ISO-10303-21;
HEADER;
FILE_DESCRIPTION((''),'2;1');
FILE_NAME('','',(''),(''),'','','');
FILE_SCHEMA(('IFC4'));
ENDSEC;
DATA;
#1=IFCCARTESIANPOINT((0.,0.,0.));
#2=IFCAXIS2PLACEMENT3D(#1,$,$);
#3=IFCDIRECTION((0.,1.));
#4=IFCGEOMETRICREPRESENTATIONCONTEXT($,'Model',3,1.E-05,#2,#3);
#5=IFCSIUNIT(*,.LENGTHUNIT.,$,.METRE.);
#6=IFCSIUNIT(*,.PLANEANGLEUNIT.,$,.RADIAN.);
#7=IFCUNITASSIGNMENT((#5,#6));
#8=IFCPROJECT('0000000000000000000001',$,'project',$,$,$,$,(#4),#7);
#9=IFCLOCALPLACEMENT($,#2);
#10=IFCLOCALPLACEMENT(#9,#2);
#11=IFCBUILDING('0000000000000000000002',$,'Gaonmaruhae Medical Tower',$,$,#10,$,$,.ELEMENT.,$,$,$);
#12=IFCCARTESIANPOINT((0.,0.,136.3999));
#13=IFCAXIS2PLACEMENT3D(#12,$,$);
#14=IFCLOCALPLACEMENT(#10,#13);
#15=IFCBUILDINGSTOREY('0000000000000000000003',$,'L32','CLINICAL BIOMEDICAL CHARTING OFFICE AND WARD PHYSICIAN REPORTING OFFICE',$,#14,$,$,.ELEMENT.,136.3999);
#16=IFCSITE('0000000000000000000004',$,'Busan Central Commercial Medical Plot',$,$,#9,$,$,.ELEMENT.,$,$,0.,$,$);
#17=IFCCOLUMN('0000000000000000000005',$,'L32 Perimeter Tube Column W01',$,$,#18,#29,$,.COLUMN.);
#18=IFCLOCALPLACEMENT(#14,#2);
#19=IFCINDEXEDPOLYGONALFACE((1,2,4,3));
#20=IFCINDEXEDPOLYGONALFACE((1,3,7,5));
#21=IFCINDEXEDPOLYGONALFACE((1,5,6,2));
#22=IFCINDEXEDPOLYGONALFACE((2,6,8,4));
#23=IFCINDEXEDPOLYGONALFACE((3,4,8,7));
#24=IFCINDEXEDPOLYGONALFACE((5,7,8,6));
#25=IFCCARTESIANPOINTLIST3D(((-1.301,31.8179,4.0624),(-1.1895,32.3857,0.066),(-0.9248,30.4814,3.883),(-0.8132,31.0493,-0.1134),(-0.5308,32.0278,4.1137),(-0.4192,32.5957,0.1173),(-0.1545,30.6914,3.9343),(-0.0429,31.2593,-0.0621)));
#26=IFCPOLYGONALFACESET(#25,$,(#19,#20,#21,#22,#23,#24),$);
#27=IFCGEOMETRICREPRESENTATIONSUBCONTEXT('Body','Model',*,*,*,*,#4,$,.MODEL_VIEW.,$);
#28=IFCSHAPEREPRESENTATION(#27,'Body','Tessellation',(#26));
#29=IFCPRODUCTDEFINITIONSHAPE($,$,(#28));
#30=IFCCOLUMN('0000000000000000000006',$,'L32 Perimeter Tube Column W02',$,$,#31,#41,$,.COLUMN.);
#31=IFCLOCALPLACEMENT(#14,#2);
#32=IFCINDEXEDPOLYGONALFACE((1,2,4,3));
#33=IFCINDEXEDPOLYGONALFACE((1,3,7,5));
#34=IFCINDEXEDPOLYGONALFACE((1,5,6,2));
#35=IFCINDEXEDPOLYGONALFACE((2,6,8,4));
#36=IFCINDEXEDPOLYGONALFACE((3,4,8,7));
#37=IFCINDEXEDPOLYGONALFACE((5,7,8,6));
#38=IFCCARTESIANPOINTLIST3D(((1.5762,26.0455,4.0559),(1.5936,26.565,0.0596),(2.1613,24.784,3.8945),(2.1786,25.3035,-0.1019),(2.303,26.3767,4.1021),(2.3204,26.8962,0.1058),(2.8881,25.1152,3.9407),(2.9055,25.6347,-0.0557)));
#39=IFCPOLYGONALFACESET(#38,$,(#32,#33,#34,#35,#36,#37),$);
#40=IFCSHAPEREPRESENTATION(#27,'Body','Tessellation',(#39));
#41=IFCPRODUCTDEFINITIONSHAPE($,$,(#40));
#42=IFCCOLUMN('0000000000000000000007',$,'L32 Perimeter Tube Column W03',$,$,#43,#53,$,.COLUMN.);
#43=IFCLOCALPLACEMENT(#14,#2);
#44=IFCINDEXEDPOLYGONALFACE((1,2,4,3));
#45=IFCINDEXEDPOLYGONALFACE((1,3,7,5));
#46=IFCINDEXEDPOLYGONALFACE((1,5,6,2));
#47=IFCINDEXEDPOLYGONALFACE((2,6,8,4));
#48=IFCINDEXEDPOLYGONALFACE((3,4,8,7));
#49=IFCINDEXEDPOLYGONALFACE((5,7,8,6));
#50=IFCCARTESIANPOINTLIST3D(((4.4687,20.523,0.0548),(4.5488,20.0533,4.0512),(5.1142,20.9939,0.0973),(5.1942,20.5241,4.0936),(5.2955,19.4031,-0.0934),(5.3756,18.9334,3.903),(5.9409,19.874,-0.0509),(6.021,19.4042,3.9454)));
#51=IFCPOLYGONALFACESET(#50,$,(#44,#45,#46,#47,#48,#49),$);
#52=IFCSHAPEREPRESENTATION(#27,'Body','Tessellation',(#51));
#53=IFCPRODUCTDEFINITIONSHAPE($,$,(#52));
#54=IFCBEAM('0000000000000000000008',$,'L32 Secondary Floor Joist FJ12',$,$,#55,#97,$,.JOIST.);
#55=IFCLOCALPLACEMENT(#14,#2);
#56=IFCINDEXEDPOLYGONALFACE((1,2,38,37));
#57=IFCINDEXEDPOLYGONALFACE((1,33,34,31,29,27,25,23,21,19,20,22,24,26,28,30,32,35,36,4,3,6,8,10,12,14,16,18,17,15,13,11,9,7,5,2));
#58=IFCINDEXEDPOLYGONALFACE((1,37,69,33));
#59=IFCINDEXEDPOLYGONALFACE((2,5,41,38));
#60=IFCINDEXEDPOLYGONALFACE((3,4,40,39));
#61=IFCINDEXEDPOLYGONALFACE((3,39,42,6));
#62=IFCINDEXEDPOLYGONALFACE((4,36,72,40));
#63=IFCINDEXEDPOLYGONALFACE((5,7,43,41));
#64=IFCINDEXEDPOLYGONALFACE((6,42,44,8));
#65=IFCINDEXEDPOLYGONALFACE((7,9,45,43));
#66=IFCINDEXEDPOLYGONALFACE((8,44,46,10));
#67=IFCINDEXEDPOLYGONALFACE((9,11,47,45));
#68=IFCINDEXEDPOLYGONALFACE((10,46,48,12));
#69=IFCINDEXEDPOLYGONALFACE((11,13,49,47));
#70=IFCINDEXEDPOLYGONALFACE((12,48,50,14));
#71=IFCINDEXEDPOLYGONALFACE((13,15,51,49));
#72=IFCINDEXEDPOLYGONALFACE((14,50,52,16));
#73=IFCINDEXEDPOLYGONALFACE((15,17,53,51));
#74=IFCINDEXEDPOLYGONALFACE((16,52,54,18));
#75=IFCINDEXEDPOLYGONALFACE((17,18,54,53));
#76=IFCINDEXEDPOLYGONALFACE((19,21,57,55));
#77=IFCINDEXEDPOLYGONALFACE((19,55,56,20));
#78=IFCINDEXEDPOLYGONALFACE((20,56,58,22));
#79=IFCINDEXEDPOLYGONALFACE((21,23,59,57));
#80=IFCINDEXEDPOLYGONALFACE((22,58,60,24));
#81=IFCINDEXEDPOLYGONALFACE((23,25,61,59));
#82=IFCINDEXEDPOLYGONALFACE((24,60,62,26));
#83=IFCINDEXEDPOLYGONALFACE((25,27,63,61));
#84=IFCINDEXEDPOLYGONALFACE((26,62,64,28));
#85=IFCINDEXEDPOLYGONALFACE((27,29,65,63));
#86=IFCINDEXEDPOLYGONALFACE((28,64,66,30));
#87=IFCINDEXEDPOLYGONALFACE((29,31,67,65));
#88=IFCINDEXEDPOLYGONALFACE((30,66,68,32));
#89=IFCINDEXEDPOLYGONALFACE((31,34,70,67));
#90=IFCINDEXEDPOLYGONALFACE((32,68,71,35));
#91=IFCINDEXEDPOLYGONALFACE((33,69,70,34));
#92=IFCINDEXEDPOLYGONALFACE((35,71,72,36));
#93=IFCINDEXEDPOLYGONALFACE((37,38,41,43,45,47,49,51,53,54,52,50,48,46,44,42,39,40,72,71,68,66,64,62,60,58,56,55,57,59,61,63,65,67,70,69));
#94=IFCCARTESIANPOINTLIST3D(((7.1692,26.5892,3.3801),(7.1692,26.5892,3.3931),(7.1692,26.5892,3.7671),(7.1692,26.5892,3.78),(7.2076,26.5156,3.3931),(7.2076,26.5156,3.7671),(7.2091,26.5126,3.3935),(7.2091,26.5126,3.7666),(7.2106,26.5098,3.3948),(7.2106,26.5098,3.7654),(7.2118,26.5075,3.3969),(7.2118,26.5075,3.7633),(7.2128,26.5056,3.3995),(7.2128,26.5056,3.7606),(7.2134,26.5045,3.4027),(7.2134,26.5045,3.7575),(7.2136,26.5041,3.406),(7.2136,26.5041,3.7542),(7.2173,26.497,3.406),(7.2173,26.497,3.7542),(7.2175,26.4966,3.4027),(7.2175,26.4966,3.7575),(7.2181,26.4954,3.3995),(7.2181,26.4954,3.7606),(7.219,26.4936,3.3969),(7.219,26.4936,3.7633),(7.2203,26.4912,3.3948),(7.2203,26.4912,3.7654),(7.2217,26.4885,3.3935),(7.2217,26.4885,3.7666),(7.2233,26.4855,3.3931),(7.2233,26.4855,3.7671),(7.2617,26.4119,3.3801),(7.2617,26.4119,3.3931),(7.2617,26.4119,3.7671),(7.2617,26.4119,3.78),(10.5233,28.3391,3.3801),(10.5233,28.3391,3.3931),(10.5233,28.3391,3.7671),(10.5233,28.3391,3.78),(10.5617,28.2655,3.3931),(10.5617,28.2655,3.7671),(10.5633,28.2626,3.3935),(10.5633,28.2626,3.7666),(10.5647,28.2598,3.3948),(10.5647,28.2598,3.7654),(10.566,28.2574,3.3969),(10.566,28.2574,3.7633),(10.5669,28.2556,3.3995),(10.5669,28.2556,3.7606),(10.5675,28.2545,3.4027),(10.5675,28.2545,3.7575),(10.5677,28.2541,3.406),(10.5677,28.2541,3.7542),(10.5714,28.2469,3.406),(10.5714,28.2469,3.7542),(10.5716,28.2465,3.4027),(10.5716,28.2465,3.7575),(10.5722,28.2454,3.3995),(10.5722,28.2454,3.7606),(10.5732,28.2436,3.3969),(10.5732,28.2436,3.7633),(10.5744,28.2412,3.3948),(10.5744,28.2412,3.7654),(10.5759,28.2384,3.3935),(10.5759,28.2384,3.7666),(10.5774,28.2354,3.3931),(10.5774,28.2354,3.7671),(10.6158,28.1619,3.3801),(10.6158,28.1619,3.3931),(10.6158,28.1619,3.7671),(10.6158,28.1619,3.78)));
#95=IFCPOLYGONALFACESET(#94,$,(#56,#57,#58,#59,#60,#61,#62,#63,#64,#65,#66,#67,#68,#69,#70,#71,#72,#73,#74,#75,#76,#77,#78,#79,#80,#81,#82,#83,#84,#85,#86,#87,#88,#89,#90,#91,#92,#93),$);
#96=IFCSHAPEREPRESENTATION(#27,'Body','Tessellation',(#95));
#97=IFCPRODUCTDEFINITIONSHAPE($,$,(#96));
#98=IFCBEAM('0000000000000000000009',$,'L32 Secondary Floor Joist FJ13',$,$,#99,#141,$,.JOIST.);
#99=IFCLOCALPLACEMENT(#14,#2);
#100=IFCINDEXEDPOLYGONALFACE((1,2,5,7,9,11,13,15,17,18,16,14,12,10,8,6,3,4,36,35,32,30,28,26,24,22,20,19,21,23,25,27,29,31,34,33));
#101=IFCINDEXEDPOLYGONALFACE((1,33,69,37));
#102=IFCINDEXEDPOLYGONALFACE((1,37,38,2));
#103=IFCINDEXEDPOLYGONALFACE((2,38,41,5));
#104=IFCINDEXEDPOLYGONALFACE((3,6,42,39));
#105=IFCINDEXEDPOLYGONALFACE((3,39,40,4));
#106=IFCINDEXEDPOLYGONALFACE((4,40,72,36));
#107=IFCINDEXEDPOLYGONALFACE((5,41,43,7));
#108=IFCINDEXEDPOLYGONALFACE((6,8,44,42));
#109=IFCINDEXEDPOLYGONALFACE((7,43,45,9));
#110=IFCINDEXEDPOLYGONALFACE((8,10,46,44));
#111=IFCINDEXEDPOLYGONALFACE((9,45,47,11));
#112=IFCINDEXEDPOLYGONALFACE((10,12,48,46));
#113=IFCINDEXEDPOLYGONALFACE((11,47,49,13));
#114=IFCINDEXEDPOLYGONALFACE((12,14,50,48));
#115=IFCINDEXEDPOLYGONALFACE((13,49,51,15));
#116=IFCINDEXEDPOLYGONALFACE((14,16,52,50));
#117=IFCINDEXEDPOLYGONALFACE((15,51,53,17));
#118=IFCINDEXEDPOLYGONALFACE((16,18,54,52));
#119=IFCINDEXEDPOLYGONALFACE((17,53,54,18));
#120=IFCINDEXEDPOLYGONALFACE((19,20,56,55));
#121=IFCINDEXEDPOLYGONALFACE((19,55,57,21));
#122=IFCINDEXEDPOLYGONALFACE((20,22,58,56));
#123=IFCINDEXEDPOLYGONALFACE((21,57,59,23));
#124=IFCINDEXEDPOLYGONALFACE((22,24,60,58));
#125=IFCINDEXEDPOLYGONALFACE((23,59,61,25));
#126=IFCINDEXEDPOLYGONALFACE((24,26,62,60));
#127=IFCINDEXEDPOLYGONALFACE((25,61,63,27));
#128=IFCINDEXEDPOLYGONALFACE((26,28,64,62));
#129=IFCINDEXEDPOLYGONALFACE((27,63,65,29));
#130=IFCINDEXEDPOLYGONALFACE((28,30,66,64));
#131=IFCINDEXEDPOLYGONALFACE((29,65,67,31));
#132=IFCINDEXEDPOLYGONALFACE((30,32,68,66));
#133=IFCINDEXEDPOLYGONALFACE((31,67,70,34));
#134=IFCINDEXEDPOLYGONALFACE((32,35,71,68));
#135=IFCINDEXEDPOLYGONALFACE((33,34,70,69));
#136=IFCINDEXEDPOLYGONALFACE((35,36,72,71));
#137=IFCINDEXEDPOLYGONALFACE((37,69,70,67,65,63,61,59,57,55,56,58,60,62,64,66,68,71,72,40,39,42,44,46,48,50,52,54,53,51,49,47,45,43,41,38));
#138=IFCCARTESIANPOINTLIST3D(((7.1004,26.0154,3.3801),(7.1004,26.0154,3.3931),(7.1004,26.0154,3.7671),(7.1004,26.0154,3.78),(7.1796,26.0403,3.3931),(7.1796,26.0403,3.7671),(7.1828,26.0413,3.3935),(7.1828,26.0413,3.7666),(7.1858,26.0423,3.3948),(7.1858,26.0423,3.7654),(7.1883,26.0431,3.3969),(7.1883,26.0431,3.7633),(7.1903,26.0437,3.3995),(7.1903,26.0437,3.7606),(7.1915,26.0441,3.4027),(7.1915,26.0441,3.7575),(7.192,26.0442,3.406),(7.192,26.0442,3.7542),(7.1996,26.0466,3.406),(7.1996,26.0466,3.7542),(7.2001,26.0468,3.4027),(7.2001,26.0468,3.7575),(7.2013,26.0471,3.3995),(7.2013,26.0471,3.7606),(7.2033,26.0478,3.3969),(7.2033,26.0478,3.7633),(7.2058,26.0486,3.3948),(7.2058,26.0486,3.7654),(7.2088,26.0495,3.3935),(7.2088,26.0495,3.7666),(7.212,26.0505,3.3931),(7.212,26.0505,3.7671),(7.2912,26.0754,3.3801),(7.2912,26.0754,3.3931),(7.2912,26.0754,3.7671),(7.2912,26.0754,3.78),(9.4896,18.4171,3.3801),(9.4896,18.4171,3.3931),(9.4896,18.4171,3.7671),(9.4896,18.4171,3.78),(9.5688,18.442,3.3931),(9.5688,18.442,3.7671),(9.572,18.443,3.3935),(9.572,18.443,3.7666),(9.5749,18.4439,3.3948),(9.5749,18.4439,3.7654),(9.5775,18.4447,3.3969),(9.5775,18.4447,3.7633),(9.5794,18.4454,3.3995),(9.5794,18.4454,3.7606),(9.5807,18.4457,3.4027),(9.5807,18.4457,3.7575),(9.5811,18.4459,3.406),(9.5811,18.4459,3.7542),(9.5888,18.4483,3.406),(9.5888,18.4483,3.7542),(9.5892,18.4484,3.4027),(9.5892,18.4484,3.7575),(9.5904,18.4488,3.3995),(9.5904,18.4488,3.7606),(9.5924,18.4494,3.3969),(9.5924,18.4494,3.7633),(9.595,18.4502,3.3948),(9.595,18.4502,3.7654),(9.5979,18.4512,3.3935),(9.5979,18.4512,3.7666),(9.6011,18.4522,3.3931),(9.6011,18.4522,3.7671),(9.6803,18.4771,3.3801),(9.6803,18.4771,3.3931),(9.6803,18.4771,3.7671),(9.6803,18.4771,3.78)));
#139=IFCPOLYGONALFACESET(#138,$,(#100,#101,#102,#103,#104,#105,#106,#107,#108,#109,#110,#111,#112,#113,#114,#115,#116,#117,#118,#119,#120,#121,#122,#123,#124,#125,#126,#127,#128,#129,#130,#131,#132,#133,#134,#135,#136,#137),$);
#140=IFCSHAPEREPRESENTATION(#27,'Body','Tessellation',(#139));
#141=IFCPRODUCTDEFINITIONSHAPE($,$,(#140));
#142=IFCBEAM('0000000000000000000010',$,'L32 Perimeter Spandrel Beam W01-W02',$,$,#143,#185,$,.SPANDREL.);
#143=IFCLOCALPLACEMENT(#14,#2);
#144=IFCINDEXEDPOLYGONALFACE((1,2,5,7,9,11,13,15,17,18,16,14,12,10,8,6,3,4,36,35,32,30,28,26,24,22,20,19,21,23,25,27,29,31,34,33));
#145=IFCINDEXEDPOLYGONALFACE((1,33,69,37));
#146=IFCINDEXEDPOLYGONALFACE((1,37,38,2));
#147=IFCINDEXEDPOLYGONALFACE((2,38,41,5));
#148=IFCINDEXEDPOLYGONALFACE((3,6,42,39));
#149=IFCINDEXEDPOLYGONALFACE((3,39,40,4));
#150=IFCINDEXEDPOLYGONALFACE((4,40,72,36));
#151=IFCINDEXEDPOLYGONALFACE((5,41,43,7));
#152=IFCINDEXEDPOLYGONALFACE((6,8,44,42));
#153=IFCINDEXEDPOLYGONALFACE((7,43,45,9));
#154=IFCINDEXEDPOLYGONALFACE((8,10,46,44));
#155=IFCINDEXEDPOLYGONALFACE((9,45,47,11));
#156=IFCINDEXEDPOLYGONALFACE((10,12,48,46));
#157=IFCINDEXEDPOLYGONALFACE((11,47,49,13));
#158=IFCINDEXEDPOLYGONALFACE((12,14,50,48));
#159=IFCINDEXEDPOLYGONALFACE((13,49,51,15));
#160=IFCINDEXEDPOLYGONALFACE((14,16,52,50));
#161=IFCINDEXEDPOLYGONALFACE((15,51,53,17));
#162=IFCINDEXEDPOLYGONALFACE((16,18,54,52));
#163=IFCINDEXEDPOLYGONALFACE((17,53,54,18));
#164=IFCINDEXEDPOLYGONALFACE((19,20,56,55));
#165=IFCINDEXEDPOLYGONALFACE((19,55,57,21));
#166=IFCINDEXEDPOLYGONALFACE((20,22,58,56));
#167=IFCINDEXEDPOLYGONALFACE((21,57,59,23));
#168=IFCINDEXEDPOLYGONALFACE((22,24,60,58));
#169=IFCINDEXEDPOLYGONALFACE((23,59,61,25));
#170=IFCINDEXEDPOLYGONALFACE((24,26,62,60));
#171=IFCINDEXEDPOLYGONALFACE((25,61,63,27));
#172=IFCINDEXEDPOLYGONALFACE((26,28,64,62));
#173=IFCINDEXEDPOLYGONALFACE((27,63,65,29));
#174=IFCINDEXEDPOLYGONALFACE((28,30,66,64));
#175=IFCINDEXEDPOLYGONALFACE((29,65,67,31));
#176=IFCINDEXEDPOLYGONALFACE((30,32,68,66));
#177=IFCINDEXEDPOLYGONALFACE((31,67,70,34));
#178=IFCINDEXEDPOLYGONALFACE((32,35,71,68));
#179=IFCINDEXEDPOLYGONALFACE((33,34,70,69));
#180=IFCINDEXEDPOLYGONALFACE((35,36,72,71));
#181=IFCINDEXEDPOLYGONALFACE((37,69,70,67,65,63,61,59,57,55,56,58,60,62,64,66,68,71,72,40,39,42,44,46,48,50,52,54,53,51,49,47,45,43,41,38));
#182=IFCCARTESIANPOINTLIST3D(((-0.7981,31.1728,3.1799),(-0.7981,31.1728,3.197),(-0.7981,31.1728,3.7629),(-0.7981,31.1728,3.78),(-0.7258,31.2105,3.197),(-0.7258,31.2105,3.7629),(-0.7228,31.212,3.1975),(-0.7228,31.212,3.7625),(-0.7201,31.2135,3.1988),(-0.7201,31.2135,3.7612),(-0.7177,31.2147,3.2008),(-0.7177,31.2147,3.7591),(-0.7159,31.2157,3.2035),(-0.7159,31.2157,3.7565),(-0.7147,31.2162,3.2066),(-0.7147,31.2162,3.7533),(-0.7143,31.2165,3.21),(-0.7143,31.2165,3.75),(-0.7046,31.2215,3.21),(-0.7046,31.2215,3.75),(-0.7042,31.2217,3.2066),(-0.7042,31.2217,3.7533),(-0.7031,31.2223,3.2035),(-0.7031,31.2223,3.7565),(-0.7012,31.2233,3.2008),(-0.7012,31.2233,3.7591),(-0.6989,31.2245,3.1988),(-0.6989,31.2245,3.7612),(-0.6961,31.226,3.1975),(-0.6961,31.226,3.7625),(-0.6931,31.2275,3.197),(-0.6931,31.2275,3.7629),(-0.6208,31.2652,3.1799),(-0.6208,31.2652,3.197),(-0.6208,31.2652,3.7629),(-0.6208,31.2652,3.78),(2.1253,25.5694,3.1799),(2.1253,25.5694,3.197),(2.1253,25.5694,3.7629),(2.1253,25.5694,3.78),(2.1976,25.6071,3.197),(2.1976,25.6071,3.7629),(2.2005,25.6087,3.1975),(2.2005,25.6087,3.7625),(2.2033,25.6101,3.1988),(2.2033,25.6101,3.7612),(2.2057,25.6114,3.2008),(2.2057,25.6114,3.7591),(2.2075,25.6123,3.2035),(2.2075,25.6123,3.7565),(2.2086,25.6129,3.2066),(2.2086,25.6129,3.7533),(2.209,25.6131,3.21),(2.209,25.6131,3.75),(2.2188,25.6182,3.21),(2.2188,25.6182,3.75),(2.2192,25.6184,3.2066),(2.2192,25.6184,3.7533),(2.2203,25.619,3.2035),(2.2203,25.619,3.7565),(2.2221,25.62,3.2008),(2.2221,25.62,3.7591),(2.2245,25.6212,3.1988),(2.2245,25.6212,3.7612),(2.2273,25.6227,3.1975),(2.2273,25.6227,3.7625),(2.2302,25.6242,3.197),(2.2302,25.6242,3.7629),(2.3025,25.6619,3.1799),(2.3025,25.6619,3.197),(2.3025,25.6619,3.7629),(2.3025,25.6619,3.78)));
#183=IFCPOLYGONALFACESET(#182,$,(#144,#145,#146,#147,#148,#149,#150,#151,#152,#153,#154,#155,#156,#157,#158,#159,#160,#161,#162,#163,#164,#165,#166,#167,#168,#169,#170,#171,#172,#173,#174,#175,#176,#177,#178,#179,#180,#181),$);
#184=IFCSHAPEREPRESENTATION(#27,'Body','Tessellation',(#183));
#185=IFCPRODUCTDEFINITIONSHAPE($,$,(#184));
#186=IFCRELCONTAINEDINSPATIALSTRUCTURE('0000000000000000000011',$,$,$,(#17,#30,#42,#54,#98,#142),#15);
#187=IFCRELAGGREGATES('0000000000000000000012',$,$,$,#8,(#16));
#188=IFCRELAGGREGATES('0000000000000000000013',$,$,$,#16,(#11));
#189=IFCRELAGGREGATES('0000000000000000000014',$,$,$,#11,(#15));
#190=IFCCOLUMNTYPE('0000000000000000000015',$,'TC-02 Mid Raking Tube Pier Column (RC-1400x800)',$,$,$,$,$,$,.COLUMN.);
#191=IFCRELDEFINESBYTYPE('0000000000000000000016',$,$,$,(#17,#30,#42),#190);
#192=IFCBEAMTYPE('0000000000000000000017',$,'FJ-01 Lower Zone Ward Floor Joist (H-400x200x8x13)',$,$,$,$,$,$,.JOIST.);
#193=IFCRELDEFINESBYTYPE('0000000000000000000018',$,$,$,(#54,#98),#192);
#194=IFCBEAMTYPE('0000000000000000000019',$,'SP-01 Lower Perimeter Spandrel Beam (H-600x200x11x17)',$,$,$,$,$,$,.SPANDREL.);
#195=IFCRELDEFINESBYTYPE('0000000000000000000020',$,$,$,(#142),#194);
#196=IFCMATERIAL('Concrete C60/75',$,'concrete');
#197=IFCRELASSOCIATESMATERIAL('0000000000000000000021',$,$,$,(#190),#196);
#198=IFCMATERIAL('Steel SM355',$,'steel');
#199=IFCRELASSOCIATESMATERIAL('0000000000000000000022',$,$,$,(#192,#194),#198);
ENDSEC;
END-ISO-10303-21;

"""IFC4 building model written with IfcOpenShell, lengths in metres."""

from ifc_helpers import new_model, si_unit, direction, frame, origin, origin_2d, place, context, subcontext, project, spatial, rectangle, i_section, extrude, material, material_profile, profile_set, type_object, element, save


model = new_model("IFC4")

# Units and contexts
model_context = context("Model", 3, precision=1e-05, world=origin(), true_north=direction((0.0, 1.0)))
body_context = subcontext(model_context, "Body", "Model", "MODEL_VIEW")
ifc_project = project(units=[si_unit("LENGTHUNIT", "METRE"), si_unit("PLANEANGLEUNIT", "RADIAN")], contexts=[model_context])

# Site, building, storey
site_placement = place(None, origin())
site = spatial("IfcSite", under=ifc_project, at=site_placement, Name="Busan Central Commercial Medical Plot", CompositionType="ELEMENT", RefElevation=0.0)
building_placement = place(site_placement, origin())
building = spatial("IfcBuilding", under=site, at=building_placement, Name="Gaonmaruhae Medical Tower", CompositionType="ELEMENT")
storey_placement = place(building_placement, frame((0.0, 0.0, 136.3999)))
storey = spatial("IfcBuildingStorey", under=building, at=storey_placement, Name="L32", Description="CLINICAL BIOMEDICAL CHARTING OFFICE AND WARD PHYSICIAN REPORTING OFFICE", CompositionType="ELEMENT", Elevation=136.3999)

# Columns
ifc_material_1 = material(Name="Concrete C60/75", Category="concrete")
ifc_material_profile_1 = material_profile(ifc_material_1, rectangle(XDim=1.3999, YDim=0.8, at=origin_2d()), Name="RC-1400x800")
ifc_profile_set_1 = profile_set([ifc_material_profile_1], Name="Concrete C60/75")
column_type = type_object("IfcColumnType", Name="TC-02 Mid Raking Tube Pier Column (RC-1400x800)", PredefinedType="COLUMN", material=ifc_profile_set_1)
column_1_placement = place(storey_placement, frame((-0.6162, 31.8225, 0.002), z_axis=(-0.02763, -0.140631, 0.989676), x_axis=(-0.268756, 0.954645, 0.12815)))
element("IfcColumn", 1, at=column_1_placement, inside=storey, type_object=column_type, Name="L32 Perimeter Tube Column W01", PredefinedType="COLUMN", context=body_context, shape_type="SweptSolid", body=[
    extrude(rectangle(XDim=1.3999, YDim=0.8, at=origin_2d()), origin(), (0.0, 0.0, 1.0), 4.0381),
])
column_2_placement = place(storey_placement, frame((2.2495, 26.0999, 0.002), z_axis=(-0.004301, -0.128916, 0.991646), x_axis=(-0.417943, 0.901123, 0.115335)))
element("IfcColumn", 2, at=column_2_placement, inside=storey, type_object=column_type, Name="L32 Perimeter Tube Column W02", PredefinedType="COLUMN", context=body_context, shape_type="SweptSolid", body=[
    extrude(rectangle(XDim=1.3999, YDim=0.8, at=origin_2d()), origin(), (0.0, 0.0, 1.0), 4.03),
])
column_3_placement = place(storey_placement, frame((5.2048, 20.1985, 0.002), z_axis=(0.019897, -0.116713, 0.992966), x_axis=(-0.5906, 0.79999, 0.105865)))
element("IfcColumn", 3, at=column_3_placement, inside=storey, type_object=column_type, Name="L32 Perimeter Tube Column W03", PredefinedType="COLUMN", context=body_context, shape_type="SweptSolid", body=[
    extrude(rectangle(XDim=1.3999, YDim=0.8, at=origin_2d()), origin(), (0.0, 0.0, 1.0), 4.0247),
])

# Beams
ifc_material_2 = material(Name="Steel SM355", Category="steel")
ifc_material_profile_2 = material_profile(ifc_material_2, i_section(OverallWidth=0.2, OverallDepth=0.3999, WebThickness=0.0081, FlangeThickness=0.0129, FilletRadius=0.0129, at=origin_2d()), Name="H-400x200x8x13")
ifc_profile_set_2 = profile_set([ifc_material_profile_2], Name="Steel SM355")
beam_type_1 = type_object("IfcBeamType", Name="FJ-01 Lower Zone Ward Floor Joist (H-400x200x8x13)", PredefinedType="JOIST", material=ifc_profile_set_2)
beam_1_placement = place(storey_placement, frame((10.5696, 28.2505, 3.5801), z_axis=(-0.886589, -0.462557, 0.0), x_axis=(0.462557, -0.886589, 0.0)))
element("IfcBeam", 4, at=beam_1_placement, inside=storey, type_object=beam_type_1, Name="L32 Secondary Floor Joist FJ12", PredefinedType="JOIST", context=body_context, shape_type="SweptSolid", body=[
    extrude(i_section(OverallWidth=0.2, OverallDepth=0.3999, WebThickness=0.0081, FlangeThickness=0.0129, FilletRadius=0.0129, at=origin_2d()), origin(), (0.0, 0.0, 1.0), 3.7832),
])
beam_2_placement = place(storey_placement, frame((7.1958, 26.0454, 3.5801), z_axis=(0.299952, -0.953954, 0.0), x_axis=(0.953954, 0.299952, 0.0)))
element("IfcBeam", 5, at=beam_2_placement, inside=storey, type_object=beam_type_1, Name="L32 Secondary Floor Joist FJ13", PredefinedType="JOIST", context=body_context, shape_type="SweptSolid", body=[
    extrude(i_section(OverallWidth=0.2, OverallDepth=0.3999, WebThickness=0.0081, FlangeThickness=0.0129, FilletRadius=0.0129, at=origin_2d()), origin(), (0.0, 0.0, 1.0), 7.9651),
])
ifc_material_profile_3 = material_profile(ifc_material_2, i_section(OverallWidth=0.2, OverallDepth=0.6001, WebThickness=0.011, FlangeThickness=0.0171, FilletRadius=0.0129, at=origin_2d()), Name="H-600x200x11x17")
ifc_profile_set_3 = profile_set([ifc_material_profile_3], Name="Steel SM355")
beam_type_2 = type_object("IfcBeamType", Name="SP-01 Lower Perimeter Spandrel Beam (H-600x200x11x17)", PredefinedType="SPANDREL", material=ifc_profile_set_3)
beam_3_placement = place(storey_placement, frame((-0.7095, 31.219, 3.48), z_axis=(0.462553, -0.886592, 0.0), x_axis=(0.886592, 0.462553, 0.0)))
element("IfcBeam", 6, at=beam_3_placement, inside=storey, type_object=beam_type_2, Name="L32 Perimeter Spandrel Beam W01-W02", PredefinedType="SPANDREL", context=body_context, shape_type="SweptSolid", body=[
    extrude(i_section(OverallWidth=0.2, OverallDepth=0.6001, WebThickness=0.011, FlangeThickness=0.0171, FilletRadius=0.0129, at=origin_2d()), origin(), (0.0, 0.0, 1.0), 6.3201),
])

save(model, "model.ifc")
